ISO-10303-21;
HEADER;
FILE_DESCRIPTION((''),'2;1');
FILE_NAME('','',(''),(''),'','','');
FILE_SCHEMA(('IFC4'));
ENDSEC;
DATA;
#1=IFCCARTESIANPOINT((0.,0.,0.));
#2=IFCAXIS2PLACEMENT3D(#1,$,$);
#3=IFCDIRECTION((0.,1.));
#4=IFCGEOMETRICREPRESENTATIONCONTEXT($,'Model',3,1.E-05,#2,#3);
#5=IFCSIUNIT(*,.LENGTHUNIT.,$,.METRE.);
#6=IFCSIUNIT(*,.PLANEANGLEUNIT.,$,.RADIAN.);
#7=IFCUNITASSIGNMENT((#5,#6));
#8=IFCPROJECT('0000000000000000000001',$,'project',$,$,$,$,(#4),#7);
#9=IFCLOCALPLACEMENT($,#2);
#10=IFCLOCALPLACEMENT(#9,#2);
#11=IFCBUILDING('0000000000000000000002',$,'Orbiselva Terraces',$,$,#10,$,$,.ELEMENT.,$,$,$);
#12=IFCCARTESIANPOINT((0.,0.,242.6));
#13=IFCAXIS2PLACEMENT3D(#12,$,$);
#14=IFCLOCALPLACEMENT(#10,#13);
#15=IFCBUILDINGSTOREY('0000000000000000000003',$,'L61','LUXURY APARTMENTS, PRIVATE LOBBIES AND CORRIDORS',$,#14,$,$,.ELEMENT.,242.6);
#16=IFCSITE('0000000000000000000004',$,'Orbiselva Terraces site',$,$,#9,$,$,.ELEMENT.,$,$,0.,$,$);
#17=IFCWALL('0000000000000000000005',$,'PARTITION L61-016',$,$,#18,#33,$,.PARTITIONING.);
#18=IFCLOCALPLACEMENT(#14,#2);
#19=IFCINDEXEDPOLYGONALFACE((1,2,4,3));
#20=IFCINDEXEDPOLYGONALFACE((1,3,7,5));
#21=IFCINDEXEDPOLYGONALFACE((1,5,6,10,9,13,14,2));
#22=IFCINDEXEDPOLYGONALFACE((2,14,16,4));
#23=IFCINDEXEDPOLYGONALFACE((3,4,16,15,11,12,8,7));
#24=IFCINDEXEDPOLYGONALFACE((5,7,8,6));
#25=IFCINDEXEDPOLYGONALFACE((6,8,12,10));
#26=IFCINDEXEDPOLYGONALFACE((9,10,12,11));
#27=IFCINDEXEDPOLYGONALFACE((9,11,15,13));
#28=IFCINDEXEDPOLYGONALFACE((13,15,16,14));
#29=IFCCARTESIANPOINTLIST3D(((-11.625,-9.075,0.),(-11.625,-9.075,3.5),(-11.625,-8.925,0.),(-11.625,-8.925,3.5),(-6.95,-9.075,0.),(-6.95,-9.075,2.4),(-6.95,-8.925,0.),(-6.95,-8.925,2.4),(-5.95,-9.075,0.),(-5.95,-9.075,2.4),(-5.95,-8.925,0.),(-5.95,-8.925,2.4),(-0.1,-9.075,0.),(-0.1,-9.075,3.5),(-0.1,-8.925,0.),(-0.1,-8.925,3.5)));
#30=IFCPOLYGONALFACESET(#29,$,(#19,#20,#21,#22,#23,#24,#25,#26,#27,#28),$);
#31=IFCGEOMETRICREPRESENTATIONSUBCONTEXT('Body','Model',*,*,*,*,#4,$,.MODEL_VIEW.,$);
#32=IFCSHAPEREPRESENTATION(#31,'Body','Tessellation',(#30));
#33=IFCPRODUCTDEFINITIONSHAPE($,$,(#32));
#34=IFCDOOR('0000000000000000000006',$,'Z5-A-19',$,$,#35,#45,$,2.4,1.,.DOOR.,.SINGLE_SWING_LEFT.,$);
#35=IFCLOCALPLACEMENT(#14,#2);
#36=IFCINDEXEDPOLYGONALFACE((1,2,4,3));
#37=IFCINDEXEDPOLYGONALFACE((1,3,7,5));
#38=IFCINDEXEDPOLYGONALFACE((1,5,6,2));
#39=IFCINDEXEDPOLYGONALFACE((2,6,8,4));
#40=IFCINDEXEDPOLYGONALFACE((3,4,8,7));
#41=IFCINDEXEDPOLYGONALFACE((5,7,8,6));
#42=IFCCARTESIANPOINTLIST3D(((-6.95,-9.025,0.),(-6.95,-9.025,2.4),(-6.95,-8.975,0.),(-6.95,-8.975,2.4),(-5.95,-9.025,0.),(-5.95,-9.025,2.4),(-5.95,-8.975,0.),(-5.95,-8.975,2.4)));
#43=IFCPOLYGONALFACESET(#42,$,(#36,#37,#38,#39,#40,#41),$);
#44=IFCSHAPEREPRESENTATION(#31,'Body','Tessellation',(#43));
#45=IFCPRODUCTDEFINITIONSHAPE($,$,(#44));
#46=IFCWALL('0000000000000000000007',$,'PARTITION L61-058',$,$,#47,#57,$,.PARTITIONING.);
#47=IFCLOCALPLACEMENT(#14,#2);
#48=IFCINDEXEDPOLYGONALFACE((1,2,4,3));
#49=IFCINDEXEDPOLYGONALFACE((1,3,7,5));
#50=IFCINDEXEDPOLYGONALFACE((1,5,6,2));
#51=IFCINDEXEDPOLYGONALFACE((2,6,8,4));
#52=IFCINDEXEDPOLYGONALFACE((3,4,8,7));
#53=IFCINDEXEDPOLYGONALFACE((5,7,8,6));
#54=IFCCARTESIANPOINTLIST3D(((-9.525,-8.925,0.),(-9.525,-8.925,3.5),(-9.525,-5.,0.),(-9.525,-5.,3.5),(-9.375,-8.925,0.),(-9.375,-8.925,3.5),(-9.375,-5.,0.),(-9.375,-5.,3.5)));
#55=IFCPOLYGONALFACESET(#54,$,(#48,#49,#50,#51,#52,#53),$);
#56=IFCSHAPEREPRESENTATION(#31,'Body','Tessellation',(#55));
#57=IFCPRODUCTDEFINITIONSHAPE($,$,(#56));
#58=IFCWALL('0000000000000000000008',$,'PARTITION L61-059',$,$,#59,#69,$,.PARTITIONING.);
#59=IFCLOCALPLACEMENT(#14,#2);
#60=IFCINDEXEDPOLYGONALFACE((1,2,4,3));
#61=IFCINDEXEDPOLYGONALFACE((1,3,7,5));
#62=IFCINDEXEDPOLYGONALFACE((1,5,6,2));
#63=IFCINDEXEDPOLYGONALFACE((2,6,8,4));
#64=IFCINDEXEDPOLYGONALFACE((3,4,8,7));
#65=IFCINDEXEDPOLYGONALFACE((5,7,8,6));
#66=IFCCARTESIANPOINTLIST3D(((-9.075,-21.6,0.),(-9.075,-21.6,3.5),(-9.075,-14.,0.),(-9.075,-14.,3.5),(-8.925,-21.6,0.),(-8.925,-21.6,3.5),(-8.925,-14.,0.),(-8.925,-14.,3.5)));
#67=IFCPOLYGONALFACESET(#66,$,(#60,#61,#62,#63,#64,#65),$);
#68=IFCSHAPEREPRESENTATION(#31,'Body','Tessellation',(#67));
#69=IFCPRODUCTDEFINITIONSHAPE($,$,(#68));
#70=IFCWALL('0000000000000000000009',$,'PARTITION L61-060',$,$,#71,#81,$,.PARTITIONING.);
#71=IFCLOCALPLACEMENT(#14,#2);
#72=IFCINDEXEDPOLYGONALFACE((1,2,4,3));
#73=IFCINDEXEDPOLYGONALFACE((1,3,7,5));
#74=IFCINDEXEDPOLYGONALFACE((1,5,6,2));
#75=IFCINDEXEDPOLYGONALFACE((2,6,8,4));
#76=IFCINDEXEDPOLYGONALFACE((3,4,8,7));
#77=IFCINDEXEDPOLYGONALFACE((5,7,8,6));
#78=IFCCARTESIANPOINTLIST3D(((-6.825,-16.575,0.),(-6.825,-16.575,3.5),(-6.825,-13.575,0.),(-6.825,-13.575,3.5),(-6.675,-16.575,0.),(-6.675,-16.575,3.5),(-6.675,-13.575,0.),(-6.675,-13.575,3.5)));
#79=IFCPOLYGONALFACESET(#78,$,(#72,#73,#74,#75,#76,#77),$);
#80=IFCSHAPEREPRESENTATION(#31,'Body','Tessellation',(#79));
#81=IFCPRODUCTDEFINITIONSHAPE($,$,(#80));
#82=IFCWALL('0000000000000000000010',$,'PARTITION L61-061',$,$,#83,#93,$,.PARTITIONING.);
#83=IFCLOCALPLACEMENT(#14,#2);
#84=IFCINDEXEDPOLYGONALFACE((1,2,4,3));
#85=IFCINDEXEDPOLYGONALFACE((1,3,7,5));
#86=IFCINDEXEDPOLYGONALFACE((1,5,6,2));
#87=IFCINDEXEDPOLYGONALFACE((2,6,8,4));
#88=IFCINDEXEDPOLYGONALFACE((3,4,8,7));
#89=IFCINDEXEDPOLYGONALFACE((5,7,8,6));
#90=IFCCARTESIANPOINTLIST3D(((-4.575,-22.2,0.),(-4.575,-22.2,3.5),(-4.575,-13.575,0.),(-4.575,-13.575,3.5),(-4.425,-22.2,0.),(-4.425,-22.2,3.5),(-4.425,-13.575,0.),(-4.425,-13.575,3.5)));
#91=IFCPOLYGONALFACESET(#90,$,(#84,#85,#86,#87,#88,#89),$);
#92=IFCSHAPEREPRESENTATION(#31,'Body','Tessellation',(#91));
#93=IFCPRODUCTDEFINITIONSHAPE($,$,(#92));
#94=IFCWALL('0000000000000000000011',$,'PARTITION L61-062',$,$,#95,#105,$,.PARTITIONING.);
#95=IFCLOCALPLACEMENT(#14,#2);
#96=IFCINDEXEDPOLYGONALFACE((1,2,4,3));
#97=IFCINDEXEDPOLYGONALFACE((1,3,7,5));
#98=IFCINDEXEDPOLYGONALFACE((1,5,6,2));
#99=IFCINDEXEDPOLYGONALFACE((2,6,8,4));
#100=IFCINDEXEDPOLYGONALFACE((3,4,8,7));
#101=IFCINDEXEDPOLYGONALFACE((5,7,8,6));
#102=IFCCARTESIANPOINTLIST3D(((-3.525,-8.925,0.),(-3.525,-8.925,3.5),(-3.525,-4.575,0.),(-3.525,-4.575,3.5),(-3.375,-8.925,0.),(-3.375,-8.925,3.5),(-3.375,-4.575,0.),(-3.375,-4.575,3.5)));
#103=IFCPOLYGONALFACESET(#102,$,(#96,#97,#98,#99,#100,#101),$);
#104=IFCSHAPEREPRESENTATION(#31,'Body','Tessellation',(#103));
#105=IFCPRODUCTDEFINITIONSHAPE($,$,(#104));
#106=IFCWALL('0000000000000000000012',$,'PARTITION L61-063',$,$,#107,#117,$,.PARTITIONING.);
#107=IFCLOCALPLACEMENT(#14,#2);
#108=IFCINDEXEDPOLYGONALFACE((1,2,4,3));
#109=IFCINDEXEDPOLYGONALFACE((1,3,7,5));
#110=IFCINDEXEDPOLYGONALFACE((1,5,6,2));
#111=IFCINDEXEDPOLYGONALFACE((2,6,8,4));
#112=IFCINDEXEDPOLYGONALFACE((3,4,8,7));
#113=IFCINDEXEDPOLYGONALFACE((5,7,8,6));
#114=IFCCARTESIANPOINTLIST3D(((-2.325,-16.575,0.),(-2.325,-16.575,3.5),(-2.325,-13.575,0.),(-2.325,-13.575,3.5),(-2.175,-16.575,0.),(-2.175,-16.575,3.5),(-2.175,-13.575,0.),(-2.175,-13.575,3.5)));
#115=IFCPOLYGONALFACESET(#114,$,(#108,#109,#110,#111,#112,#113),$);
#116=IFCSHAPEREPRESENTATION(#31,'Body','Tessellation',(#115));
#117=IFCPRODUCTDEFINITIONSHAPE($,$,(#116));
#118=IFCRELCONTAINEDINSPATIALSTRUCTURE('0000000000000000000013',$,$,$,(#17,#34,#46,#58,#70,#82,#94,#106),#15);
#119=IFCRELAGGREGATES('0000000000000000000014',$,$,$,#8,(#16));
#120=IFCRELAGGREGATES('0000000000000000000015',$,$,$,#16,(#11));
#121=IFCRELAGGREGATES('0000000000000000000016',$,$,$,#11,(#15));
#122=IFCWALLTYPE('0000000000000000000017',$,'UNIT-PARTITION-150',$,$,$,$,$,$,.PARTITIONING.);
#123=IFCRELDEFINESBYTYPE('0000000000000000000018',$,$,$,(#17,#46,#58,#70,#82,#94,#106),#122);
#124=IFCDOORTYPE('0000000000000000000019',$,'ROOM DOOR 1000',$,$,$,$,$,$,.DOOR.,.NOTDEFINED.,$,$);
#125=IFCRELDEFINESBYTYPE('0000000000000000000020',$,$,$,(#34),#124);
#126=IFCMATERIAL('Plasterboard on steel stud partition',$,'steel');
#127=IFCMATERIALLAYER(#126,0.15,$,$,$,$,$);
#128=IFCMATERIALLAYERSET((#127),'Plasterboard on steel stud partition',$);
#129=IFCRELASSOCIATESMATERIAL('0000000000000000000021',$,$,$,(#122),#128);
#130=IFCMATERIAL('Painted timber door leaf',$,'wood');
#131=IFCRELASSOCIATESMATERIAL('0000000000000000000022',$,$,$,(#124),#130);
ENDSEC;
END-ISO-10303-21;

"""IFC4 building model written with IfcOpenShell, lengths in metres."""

from ifc_helpers import new_model, si_unit, direction, frame, frame_2d, origin, place, context, subcontext, project, spatial, rectangle, extrude, material, layer, layer_set, type_object, element, fill, save


model = new_model("IFC4")

# Units and contexts
model_context = context("Model", 3, precision=1e-05, world=origin(), true_north=direction((0.0, 1.0)))
body_context = subcontext(model_context, "Body", "Model", "MODEL_VIEW")
ifc_project = project(units=[si_unit("LENGTHUNIT", "METRE"), si_unit("PLANEANGLEUNIT", "RADIAN")], contexts=[model_context])

# Site, building, storey
site_placement = place(None, origin())
site = spatial("IfcSite", under=ifc_project, at=site_placement, Name="Orbiselva Terraces site", CompositionType="ELEMENT", RefElevation=0.0)
building_placement = place(site_placement, origin())
building = spatial("IfcBuilding", under=site, at=building_placement, Name="Orbiselva Terraces", CompositionType="ELEMENT")
storey_placement = place(building_placement, frame((0.0, 0.0, 242.6)))
storey = spatial("IfcBuildingStorey", under=building, at=storey_placement, Name="L61", Description="LUXURY APARTMENTS, PRIVATE LOBBIES AND CORRIDORS", CompositionType="ELEMENT", Elevation=242.6)

# Shared definitions
ifc_material_1 = material(Name="Plasterboard on steel stud partition", Category="steel")
ifc_layer_1 = layer(ifc_material_1, 0.15)
ifc_layer_set_1 = layer_set([ifc_layer_1], Name="Plasterboard on steel stud partition")
wall_type_1 = type_object("IfcWallType", Name="UNIT-PARTITION-150", PredefinedType="PARTITIONING", material=ifc_layer_set_1)
ifc_material_2 = material(Name="Painted timber door leaf", Category="wood")

# Shared definitions
door_type_1 = type_object("IfcDoorType", Name="ROOM DOOR 1000", OperationType="NOTDEFINED", PredefinedType="DOOR", material=ifc_material_2)

# Wall, opening, door
wall_1_placement = place(storey_placement, frame((-11.625, -9.0, 0.0), z_axis=(0.0, 0.0, 1.0), x_axis=(1.0, 0.0, 0.0)))
wall_1 = element("IfcWall", 1, at=wall_1_placement, inside=storey, type_object=wall_type_1, Name="PARTITION L61-016", PredefinedType="PARTITIONING", context=body_context, shape_type="SweptSolid", body=[
    extrude(rectangle(XDim=11.525, YDim=0.15, at=frame_2d((5.7625, 0.0))), origin(), (0.0, 0.0, 1.0), 3.5),
])
opening_1_placement = place(wall_1_placement, frame((4.675, 0.0, 0.0)))
opening_1 = element("IfcOpeningElement", 2, at=opening_1_placement, cuts=wall_1, PredefinedType="OPENING", context=body_context, shape_type="SweptSolid", body=[
    extrude(rectangle(XDim=1.0, YDim=2.4, at=frame_2d((0.5, 1.2))), frame((0.0, 0.085, 0.0), z_axis=(0.0, -1.0, 0.0), x_axis=(1.0, 0.0, 0.0)), (0.0, 0.0, 1.0), 0.17),
])
door_1_placement = place(opening_1_placement, origin())
door_1 = element("IfcDoor", 3, at=door_1_placement, inside=storey, type_object=door_type_1, Name="Z5-A-19", OperationType="SINGLE_SWING_LEFT", OverallHeight=2.4, OverallWidth=1.0, PredefinedType="DOOR", context=body_context, shape_type="SweptSolid", body=[
    extrude(rectangle(XDim=1.0, YDim=2.4, at=frame_2d((0.5, 1.2))), frame((0.0, 0.025, 0.0), z_axis=(0.0, -1.0, 0.0), x_axis=(1.0, 0.0, 0.0)), (0.0, 0.0, 1.0), 0.05),
])
fill(opening_1, door_1)

# Walls
wall_2_placement = place(storey_placement, frame((-9.45, -8.925, 0.0), z_axis=(0.0, 0.0, 1.0), x_axis=(0.0, 1.0, 0.0)))
element("IfcWall", 4, at=wall_2_placement, inside=storey, type_object=wall_type_1, Name="PARTITION L61-058", PredefinedType="PARTITIONING", context=body_context, shape_type="SweptSolid", body=[
    extrude(rectangle(XDim=3.925, YDim=0.15, at=frame_2d((1.9625, 0.0))), origin(), (0.0, 0.0, 1.0), 3.5),
])
wall_3_placement = place(storey_placement, frame((-9.0, -21.6, 0.0), z_axis=(0.0, 0.0, 1.0), x_axis=(0.0, 1.0, 0.0)))
element("IfcWall", 5, at=wall_3_placement, inside=storey, type_object=wall_type_1, Name="PARTITION L61-059", PredefinedType="PARTITIONING", context=body_context, shape_type="SweptSolid", body=[
    extrude(rectangle(XDim=7.6, YDim=0.15, at=frame_2d((3.8, 0.0))), origin(), (0.0, 0.0, 1.0), 3.5),
])
wall_4_placement = place(storey_placement, frame((-6.75, -16.575, 0.0), z_axis=(0.0, 0.0, 1.0), x_axis=(0.0, 1.0, 0.0)))
element("IfcWall", 6, at=wall_4_placement, inside=storey, type_object=wall_type_1, Name="PARTITION L61-060", PredefinedType="PARTITIONING", context=body_context, shape_type="SweptSolid", body=[
    extrude(rectangle(XDim=3.0, YDim=0.15, at=frame_2d((1.5, 0.0))), origin(), (0.0, 0.0, 1.0), 3.5),
])
wall_5_placement = place(storey_placement, frame((-4.5, -22.2, 0.0), z_axis=(0.0, 0.0, 1.0), x_axis=(0.0, 1.0, 0.0)))
element("IfcWall", 7, at=wall_5_placement, inside=storey, type_object=wall_type_1, Name="PARTITION L61-061", PredefinedType="PARTITIONING", context=body_context, shape_type="SweptSolid", body=[
    extrude(rectangle(XDim=8.625, YDim=0.15, at=frame_2d((4.3125, 0.0))), origin(), (0.0, 0.0, 1.0), 3.5),
])
wall_6_placement = place(storey_placement, frame((-3.45, -8.925, 0.0), z_axis=(0.0, 0.0, 1.0), x_axis=(0.0, 1.0, 0.0)))
element("IfcWall", 8, at=wall_6_placement, inside=storey, type_object=wall_type_1, Name="PARTITION L61-062", PredefinedType="PARTITIONING", context=body_context, shape_type="SweptSolid", body=[
    extrude(rectangle(XDim=4.35, YDim=0.15, at=frame_2d((2.175, 0.0))), origin(), (0.0, 0.0, 1.0), 3.5),
])
wall_7_placement = place(storey_placement, frame((-2.25, -16.575, 0.0), z_axis=(0.0, 0.0, 1.0), x_axis=(0.0, 1.0, 0.0)))
element("IfcWall", 9, at=wall_7_placement, inside=storey, type_object=wall_type_1, Name="PARTITION L61-063", PredefinedType="PARTITIONING", context=body_context, shape_type="SweptSolid", body=[
    extrude(rectangle(XDim=3.0, YDim=0.15, at=frame_2d((1.5, 0.0))), origin(), (0.0, 0.0, 1.0), 3.5),
])

save(model, "model.ifc")
